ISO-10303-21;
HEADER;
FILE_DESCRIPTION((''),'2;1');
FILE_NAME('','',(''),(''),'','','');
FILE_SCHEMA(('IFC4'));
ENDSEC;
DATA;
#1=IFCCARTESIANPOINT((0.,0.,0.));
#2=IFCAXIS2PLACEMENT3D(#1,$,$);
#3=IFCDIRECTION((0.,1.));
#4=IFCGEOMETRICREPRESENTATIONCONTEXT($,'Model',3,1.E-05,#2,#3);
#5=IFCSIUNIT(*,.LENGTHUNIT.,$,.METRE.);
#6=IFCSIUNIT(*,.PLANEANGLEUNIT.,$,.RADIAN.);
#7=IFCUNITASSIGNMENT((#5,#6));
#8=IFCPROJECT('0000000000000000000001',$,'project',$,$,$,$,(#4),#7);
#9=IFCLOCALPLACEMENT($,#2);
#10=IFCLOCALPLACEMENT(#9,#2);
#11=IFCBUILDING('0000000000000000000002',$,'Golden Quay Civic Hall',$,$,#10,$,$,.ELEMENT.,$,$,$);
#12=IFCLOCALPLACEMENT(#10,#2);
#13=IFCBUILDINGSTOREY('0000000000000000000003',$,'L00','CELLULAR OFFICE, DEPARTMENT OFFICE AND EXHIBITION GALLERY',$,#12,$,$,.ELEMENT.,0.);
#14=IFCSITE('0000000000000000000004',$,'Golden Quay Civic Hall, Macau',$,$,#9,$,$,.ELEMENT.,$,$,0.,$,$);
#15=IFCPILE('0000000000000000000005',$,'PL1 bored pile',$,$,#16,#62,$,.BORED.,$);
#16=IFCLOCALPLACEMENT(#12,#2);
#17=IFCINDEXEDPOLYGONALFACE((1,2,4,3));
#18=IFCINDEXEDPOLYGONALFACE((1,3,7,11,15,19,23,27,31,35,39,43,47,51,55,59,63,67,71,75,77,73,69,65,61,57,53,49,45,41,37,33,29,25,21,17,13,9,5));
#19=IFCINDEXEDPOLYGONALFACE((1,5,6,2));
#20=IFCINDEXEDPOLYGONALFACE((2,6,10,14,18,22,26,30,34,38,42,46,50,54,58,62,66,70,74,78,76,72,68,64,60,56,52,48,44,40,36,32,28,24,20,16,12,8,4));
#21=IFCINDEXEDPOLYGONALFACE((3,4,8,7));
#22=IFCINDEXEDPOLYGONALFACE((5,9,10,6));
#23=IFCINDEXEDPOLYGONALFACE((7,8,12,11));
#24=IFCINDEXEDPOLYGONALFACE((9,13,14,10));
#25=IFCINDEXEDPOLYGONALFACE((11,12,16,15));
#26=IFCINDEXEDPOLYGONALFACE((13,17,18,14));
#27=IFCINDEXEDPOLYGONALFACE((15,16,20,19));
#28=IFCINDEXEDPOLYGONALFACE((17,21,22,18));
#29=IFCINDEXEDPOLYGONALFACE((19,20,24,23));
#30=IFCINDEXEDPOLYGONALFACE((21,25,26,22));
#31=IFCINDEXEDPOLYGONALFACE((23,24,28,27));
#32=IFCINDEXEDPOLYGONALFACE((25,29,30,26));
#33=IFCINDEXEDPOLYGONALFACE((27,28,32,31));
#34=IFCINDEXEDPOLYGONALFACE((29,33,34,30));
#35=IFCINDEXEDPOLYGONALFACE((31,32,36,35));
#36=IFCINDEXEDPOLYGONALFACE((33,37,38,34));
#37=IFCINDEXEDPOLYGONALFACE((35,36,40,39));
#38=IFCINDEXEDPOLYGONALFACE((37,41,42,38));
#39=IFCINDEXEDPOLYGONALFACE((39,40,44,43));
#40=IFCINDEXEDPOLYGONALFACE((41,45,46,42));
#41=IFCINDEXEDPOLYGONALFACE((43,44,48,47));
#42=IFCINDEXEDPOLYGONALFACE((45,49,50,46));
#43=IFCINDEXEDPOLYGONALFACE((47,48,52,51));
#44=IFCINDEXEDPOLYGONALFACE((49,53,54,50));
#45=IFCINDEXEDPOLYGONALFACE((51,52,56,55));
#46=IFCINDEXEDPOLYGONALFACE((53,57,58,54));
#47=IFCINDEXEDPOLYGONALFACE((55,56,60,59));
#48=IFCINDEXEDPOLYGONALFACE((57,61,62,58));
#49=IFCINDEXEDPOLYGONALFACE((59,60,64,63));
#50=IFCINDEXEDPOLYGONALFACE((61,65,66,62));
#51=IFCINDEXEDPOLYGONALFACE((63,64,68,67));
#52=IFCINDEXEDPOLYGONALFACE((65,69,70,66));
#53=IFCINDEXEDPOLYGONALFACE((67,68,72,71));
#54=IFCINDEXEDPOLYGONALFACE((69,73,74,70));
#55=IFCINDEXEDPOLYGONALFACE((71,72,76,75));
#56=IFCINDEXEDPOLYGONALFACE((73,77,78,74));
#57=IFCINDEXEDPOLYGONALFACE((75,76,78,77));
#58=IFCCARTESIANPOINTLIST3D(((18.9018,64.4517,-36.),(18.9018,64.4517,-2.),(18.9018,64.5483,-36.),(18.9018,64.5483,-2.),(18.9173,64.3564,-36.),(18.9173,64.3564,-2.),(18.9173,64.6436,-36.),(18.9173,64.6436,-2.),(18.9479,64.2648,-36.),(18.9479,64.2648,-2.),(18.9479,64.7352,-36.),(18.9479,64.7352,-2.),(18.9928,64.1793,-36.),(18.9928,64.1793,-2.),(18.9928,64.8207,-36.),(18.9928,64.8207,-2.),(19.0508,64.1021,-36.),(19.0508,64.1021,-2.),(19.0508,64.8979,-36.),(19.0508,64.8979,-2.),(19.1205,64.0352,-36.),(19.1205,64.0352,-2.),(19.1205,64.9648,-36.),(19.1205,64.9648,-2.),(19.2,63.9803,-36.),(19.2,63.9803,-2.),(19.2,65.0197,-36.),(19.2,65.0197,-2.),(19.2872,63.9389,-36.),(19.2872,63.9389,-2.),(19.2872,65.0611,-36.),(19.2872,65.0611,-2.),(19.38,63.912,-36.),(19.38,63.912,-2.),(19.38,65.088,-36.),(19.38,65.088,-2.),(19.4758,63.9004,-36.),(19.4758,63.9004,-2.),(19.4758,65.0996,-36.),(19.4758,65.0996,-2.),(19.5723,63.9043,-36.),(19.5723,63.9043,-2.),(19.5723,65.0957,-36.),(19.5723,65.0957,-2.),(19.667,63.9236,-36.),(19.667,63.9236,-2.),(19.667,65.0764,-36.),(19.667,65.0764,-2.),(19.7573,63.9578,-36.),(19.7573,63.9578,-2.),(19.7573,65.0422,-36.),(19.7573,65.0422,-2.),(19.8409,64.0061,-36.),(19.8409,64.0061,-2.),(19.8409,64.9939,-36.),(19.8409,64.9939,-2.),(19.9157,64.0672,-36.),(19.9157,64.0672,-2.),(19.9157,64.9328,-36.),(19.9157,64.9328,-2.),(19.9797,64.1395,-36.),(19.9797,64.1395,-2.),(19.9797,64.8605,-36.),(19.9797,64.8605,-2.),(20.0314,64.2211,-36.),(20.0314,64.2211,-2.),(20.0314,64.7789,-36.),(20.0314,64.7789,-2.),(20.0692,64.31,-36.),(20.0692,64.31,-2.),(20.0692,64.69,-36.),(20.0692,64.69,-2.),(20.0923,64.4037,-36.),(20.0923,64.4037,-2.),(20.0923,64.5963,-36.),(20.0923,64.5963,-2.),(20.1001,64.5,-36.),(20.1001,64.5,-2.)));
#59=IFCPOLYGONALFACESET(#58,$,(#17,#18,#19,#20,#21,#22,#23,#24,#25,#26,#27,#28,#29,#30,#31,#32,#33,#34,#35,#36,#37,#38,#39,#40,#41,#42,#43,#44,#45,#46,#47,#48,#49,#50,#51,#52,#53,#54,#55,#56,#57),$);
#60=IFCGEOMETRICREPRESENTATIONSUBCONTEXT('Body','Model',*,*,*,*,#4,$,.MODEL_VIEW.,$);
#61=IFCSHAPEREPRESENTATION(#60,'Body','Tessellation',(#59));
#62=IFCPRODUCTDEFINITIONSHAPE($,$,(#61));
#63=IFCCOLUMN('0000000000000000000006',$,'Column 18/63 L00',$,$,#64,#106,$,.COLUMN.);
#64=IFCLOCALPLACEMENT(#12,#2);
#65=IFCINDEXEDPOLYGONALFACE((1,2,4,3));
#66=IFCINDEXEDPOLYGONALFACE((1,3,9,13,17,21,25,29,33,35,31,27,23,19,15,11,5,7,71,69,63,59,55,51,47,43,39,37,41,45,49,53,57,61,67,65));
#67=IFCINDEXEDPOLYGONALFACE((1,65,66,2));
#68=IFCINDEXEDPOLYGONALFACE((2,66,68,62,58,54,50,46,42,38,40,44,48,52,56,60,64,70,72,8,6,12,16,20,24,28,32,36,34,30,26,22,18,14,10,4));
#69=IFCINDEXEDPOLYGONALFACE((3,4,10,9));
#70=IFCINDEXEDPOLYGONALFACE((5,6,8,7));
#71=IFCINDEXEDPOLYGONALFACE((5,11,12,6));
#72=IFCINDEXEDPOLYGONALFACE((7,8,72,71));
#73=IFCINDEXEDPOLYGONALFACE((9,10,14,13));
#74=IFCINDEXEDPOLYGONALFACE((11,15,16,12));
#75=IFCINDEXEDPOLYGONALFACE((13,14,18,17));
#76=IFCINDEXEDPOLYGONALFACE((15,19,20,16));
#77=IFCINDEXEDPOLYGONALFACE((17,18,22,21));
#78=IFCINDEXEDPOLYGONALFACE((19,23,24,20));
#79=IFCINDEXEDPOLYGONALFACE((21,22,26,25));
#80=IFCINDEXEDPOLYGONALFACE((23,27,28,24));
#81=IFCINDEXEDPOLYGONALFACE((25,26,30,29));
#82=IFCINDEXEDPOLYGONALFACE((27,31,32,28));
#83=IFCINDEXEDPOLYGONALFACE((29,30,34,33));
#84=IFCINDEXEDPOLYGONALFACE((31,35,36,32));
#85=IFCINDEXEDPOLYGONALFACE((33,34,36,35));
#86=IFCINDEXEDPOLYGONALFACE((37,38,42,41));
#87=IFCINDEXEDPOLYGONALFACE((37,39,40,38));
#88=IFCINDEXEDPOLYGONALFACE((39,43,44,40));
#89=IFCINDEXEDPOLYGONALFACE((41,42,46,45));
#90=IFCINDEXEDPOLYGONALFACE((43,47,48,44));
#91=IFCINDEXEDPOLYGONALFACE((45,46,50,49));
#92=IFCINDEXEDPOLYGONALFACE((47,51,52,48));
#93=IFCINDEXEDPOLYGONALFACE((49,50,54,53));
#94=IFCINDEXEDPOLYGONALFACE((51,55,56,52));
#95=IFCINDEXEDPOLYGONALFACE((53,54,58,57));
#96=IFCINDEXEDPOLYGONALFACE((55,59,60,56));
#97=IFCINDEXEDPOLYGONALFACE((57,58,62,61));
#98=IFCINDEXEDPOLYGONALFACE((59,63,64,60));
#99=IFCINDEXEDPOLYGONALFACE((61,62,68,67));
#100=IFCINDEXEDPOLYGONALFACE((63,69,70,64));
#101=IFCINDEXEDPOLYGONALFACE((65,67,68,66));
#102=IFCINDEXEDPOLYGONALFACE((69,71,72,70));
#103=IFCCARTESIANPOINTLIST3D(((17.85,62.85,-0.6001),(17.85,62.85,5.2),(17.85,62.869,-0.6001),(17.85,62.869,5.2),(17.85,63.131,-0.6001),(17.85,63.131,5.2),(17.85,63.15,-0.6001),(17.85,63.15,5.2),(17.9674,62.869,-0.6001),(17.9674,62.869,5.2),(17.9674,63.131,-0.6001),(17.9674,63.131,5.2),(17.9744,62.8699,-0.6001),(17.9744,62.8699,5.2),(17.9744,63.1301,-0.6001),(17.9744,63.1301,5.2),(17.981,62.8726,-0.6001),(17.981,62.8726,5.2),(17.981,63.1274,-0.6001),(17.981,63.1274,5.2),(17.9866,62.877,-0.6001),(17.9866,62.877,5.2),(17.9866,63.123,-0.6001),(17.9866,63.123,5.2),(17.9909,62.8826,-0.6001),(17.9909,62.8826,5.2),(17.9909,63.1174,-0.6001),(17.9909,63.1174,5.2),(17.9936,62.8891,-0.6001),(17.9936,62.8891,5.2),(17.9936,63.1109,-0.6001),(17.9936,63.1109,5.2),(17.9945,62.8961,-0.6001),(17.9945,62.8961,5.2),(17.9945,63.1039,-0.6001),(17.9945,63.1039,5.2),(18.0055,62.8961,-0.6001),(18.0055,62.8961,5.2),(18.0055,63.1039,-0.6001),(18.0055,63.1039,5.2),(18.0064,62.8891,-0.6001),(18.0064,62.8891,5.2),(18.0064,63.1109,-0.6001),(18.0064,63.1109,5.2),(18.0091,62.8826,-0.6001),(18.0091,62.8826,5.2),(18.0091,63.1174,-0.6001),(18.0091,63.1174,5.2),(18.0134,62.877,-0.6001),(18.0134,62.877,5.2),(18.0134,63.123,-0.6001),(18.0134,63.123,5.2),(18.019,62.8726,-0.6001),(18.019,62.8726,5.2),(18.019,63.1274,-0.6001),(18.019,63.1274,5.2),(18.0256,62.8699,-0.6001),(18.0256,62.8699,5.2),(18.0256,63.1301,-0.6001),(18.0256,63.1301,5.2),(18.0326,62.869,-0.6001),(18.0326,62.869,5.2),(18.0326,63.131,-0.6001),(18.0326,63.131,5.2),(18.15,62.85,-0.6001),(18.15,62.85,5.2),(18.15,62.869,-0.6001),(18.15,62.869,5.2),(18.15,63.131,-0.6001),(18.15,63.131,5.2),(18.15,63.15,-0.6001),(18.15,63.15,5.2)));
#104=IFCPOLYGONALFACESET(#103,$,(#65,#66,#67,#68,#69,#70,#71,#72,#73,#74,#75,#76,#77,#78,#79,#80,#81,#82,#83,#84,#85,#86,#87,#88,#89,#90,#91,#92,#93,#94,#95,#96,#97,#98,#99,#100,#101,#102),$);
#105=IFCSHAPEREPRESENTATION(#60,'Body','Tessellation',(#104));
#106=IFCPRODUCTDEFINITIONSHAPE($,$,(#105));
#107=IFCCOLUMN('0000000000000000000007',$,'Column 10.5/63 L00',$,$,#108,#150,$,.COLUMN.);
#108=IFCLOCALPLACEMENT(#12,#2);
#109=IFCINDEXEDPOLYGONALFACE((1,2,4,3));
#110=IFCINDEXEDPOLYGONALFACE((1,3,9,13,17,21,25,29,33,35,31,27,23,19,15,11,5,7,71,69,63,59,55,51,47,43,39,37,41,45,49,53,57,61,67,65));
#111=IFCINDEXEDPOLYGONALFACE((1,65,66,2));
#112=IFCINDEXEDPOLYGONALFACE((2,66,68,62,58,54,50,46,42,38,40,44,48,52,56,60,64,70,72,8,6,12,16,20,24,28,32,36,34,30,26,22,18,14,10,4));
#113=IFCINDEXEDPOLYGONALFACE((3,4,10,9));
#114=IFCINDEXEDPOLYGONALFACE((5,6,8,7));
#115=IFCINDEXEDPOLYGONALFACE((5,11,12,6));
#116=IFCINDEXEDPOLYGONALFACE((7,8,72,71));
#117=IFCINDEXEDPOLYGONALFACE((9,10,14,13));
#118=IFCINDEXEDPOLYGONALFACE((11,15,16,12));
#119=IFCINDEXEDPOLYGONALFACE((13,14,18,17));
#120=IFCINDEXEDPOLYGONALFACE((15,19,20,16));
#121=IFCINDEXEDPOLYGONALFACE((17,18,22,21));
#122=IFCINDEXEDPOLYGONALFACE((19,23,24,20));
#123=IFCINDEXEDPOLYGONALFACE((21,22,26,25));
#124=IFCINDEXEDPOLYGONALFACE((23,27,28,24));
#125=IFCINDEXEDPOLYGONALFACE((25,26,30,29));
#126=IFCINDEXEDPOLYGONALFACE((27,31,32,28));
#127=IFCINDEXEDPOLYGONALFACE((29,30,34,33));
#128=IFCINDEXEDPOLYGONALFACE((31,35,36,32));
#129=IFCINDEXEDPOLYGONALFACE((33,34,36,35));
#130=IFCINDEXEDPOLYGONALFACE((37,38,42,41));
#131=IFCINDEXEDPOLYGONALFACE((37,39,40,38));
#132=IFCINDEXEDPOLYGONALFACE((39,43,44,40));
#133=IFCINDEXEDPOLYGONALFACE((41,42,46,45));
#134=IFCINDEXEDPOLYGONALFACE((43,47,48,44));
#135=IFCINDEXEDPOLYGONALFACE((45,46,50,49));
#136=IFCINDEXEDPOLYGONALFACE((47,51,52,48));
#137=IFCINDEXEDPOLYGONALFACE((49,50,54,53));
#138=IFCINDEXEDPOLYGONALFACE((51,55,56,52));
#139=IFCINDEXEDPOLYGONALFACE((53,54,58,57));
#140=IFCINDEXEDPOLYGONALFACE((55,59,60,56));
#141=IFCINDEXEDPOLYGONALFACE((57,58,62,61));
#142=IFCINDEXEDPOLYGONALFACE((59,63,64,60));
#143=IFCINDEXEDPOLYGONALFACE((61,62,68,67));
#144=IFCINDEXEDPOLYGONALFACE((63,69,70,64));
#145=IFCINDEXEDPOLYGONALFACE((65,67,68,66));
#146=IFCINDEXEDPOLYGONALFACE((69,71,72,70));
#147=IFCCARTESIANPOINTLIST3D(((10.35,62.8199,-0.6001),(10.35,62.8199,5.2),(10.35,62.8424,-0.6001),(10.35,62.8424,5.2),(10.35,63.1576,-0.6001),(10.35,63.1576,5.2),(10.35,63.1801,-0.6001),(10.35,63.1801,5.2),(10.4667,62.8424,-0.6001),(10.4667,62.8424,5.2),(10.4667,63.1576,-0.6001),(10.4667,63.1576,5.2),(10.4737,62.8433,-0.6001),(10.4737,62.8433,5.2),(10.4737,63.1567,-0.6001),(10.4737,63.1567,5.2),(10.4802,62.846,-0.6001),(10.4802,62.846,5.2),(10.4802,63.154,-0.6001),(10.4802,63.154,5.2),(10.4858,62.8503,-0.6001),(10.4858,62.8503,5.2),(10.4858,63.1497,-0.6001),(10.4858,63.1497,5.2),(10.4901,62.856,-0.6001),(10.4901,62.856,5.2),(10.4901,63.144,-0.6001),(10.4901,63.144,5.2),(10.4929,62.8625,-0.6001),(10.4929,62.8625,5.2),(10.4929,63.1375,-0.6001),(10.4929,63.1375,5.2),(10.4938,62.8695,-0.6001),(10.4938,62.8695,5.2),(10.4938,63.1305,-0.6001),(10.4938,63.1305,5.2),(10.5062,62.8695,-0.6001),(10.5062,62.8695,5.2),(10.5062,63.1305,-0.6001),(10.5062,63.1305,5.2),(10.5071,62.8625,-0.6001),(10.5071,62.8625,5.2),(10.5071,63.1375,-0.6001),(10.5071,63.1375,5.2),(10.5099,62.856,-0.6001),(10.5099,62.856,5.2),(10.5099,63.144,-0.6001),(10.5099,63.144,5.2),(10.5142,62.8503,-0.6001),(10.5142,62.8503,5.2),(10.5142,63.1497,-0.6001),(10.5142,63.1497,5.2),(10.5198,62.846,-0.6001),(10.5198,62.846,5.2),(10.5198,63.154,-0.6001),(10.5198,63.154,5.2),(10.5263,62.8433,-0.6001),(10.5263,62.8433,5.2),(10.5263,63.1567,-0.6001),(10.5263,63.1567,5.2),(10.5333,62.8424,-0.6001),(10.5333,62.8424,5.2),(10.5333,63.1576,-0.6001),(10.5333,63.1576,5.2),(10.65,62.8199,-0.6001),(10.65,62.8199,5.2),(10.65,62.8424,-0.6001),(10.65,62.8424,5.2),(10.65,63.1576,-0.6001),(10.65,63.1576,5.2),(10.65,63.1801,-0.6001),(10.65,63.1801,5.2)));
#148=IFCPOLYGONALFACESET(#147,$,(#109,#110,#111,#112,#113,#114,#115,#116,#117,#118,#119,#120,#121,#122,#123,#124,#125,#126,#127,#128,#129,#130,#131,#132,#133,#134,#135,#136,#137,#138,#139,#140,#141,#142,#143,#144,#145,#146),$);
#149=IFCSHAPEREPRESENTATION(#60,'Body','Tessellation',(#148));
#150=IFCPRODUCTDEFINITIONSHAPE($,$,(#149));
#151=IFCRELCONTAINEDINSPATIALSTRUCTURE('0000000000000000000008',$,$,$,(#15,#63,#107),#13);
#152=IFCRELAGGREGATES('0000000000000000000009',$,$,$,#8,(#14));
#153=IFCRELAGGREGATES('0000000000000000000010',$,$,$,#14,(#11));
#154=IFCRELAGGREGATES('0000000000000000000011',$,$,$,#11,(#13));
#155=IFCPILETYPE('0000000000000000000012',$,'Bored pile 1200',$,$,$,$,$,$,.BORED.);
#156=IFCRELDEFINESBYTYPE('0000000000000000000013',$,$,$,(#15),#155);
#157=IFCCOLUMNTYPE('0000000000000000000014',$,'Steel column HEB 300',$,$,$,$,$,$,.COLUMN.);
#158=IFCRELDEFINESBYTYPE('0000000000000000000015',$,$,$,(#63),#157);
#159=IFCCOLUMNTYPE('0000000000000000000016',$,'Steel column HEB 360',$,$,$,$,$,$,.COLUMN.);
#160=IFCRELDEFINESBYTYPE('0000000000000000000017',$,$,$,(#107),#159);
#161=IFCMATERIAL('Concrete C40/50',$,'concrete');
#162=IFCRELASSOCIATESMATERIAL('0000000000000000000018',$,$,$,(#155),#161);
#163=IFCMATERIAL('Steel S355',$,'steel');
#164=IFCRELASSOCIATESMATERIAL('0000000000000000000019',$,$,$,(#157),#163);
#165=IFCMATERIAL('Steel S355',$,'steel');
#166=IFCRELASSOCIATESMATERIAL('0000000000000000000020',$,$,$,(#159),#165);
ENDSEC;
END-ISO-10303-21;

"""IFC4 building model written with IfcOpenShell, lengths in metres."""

from ifc_helpers import new_model, si_unit, direction, frame, origin, origin_2d, place, context, subcontext, project, spatial, circle, i_section, extrude, material, material_profile, profile_set, type_object, element, save


model = new_model("IFC4")

# Units and contexts
model_context = context("Model", 3, precision=1e-05, world=origin(), true_north=direction((0.0, 1.0)))
body_context = subcontext(model_context, "Body", "Model", "MODEL_VIEW")
ifc_project = project(units=[si_unit("LENGTHUNIT", "METRE"), si_unit("PLANEANGLEUNIT", "RADIAN")], contexts=[model_context])

# Site, building, storey
site_placement = place(None, origin())
site = spatial("IfcSite", under=ifc_project, at=site_placement, Name="Golden Quay Civic Hall, Macau", CompositionType="ELEMENT", RefElevation=0.0)
building_placement = place(site_placement, origin())
building = spatial("IfcBuilding", under=site, at=building_placement, Name="Golden Quay Civic Hall", CompositionType="ELEMENT")
storey_placement = place(building_placement, origin())
storey = spatial("IfcBuildingStorey", under=building, at=storey_placement, Name="L00", Description="CELLULAR OFFICE, DEPARTMENT OFFICE AND EXHIBITION GALLERY", CompositionType="ELEMENT", Elevation=0.0)

# Pile
ifc_material_1 = material(Name="Concrete C40/50", Category="concrete")
ifc_material_profile_1 = material_profile(ifc_material_1, circle(Radius=0.6001, at=origin_2d()), Name="RC D1200")
ifc_profile_set_1 = profile_set([ifc_material_profile_1], Name="Concrete C40/50")
pile_type = type_object("IfcPileType", Name="Bored pile 1200", PredefinedType="BORED", material=ifc_profile_set_1)
for number, where, z_axis, x_axis, name in (
    (1, (19.5, 64.5, -2.0), (0.0, 0.0, -1.0), (1.0, 0.0, 0.0), "PL1 bored pile"),
):
    element("IfcPile", number, at=place(storey_placement, frame(where, z_axis=z_axis, x_axis=x_axis)), inside=storey, type_object=pile_type, Name=name, PredefinedType="BORED", context=body_context, shape_type="SweptSolid", body=[
        extrude(circle(Radius=0.6001, at=origin_2d()), origin(), (0.0, 0.0, 1.0), 34.0),
    ])

# Columns
ifc_material_2 = material(Name="Steel S355", Category="steel")
ifc_material_profile_2 = material_profile(ifc_material_2, i_section(OverallWidth=0.3, OverallDepth=0.3, WebThickness=0.011, FlangeThickness=0.019, FilletRadius=0.0271, at=origin_2d()), Name="HEB 300")
ifc_profile_set_2 = profile_set([ifc_material_profile_2], Name="Steel S355")
column_type_1 = type_object("IfcColumnType", Name="Steel column HEB 300", PredefinedType="COLUMN", material=ifc_profile_set_2)
column_1_placement = place(storey_placement, frame((18.0, 63.0, -0.6001), z_axis=(0.0, 0.0, 1.0), x_axis=(1.0, 0.0, 0.0)))
element("IfcColumn", 2, at=column_1_placement, inside=storey, type_object=column_type_1, Name="Column 18/63 L00", PredefinedType="COLUMN", context=body_context, shape_type="SweptSolid", body=[
    extrude(i_section(OverallWidth=0.3, OverallDepth=0.3, WebThickness=0.011, FlangeThickness=0.019, FilletRadius=0.0271, at=origin_2d()), origin(), (0.0, 0.0, 1.0), 5.8),
])
ifc_material_3 = material(Name="Steel S355", Category="steel")
ifc_material_profile_3 = material_profile(ifc_material_3, i_section(OverallWidth=0.3, OverallDepth=0.3601, WebThickness=0.0125, FlangeThickness=0.0225, FilletRadius=0.0271, at=origin_2d()), Name="HEB 360")
ifc_profile_set_3 = profile_set([ifc_material_profile_3], Name="Steel S355")
column_type_2 = type_object("IfcColumnType", Name="Steel column HEB 360", PredefinedType="COLUMN", material=ifc_profile_set_3)
column_2_placement = place(storey_placement, frame((10.5, 63.0, -0.6001), z_axis=(0.0, 0.0, 1.0), x_axis=(1.0, 0.0, 0.0)))
element("IfcColumn", 3, at=column_2_placement, inside=storey, type_object=column_type_2, Name="Column 10.5/63 L00", PredefinedType="COLUMN", context=body_context, shape_type="SweptSolid", body=[
    extrude(i_section(OverallWidth=0.3, OverallDepth=0.3601, WebThickness=0.0125, FlangeThickness=0.0225, FilletRadius=0.0271, at=origin_2d()), origin(), (0.0, 0.0, 1.0), 5.8),
])

save(model, "model.ifc")
